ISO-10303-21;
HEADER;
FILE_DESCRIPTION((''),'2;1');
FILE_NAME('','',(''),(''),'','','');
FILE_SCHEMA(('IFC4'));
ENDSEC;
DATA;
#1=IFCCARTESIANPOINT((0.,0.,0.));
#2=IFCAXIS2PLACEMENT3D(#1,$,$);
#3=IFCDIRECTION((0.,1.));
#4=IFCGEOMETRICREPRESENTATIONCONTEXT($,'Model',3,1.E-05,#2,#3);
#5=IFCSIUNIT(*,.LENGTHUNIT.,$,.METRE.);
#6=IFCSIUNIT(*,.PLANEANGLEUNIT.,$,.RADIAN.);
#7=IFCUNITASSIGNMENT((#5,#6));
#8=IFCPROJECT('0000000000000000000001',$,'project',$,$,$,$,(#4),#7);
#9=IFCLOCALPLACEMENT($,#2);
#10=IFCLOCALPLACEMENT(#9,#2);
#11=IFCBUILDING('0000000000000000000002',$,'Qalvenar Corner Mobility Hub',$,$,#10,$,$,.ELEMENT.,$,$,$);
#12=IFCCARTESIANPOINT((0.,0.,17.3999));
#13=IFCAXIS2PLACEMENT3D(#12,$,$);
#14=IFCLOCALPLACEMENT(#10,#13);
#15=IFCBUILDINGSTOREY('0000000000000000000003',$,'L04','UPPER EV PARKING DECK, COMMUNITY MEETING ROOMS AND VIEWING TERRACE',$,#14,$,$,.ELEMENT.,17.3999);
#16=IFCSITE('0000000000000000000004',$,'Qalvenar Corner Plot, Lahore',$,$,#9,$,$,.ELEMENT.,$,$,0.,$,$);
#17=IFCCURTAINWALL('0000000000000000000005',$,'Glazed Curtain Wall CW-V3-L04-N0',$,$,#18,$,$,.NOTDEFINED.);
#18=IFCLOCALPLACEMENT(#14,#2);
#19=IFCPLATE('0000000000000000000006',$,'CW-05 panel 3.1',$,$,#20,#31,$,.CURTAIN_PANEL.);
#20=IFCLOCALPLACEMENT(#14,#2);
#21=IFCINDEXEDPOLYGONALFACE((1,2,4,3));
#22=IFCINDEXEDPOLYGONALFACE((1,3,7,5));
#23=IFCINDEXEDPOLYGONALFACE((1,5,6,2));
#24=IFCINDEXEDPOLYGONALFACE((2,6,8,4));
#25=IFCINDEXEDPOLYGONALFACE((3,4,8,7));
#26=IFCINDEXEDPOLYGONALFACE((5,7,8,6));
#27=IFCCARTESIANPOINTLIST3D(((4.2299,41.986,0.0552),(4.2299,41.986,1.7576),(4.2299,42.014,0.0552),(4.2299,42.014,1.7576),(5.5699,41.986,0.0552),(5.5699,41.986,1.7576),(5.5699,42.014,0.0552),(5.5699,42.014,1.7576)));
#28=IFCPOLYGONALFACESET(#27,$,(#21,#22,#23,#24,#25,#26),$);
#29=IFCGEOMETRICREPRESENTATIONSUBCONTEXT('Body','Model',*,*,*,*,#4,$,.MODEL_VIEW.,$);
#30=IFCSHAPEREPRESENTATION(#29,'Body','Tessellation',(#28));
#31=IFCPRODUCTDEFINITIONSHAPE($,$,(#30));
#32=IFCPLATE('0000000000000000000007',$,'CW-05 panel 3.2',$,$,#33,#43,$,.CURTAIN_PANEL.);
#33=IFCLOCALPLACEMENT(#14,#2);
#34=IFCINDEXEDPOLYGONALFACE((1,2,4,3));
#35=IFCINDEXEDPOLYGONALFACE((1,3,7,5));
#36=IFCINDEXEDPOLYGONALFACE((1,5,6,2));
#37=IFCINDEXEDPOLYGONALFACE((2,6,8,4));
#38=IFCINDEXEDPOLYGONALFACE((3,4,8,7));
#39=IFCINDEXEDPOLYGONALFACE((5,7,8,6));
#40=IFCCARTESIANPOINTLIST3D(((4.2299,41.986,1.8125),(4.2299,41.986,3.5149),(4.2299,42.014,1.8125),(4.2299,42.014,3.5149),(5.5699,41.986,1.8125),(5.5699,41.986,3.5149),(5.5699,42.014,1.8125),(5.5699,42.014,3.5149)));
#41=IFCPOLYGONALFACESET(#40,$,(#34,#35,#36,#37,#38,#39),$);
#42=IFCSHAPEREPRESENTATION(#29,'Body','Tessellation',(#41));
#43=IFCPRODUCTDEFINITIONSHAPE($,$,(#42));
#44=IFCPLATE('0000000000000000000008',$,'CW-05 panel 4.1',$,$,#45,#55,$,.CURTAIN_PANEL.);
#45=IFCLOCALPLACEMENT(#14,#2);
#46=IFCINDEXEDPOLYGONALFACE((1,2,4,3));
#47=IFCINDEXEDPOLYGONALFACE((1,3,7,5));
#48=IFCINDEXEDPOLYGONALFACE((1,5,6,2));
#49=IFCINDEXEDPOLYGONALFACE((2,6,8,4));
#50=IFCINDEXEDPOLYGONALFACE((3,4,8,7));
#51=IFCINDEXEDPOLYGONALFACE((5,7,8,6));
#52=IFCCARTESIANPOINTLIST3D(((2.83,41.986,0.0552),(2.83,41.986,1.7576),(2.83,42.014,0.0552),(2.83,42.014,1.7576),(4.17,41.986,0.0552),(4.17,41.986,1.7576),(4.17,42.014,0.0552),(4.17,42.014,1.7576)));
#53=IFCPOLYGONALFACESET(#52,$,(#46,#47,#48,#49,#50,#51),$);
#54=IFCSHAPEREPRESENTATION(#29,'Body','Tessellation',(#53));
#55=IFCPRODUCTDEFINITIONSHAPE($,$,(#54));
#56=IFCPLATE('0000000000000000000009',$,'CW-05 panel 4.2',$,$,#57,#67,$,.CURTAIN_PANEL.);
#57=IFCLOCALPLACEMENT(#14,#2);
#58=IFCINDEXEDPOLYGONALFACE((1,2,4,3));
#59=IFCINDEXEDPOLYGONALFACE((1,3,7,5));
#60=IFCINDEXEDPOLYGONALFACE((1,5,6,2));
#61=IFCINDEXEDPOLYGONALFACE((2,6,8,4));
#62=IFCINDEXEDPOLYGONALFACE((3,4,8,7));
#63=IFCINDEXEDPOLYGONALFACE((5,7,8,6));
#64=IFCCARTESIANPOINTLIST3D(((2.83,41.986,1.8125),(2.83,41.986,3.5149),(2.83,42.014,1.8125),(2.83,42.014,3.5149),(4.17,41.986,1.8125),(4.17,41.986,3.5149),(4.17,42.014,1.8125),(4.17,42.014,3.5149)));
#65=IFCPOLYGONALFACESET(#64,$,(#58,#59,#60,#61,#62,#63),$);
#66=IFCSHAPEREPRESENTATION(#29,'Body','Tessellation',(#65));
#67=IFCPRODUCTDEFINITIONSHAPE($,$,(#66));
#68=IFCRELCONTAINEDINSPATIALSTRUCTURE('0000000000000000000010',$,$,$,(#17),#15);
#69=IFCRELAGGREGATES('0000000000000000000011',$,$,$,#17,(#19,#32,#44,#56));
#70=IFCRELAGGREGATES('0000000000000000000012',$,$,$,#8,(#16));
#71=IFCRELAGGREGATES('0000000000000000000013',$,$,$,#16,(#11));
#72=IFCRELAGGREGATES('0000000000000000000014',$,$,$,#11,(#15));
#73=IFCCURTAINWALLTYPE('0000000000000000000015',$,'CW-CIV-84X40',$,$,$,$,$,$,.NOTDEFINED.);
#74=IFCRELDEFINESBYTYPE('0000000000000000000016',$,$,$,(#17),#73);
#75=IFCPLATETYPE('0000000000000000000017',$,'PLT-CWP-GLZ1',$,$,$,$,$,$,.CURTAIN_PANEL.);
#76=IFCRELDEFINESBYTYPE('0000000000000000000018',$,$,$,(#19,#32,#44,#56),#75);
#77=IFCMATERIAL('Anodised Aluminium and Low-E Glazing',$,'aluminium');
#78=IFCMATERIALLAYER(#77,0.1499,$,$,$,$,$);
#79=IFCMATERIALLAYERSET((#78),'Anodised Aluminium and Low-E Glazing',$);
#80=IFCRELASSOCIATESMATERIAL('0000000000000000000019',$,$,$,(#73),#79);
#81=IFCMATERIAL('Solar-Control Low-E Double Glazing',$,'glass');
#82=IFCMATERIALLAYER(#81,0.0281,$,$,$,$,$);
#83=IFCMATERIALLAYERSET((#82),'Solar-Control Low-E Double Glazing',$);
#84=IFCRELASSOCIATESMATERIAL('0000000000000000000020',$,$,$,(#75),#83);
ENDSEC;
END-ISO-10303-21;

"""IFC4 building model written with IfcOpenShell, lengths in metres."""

from ifc_helpers import new_model, si_unit, direction, frame, origin, origin_2d, place, context, subcontext, project, spatial, rectangle, extrude, material, layer, layer_set, type_object, element, aggregate, save


model = new_model("IFC4")

# Units and contexts
model_context = context("Model", 3, precision=1e-05, world=origin(), true_north=direction((0.0, 1.0)))
body_context = subcontext(model_context, "Body", "Model", "MODEL_VIEW")
ifc_project = project(units=[si_unit("LENGTHUNIT", "METRE"), si_unit("PLANEANGLEUNIT", "RADIAN")], contexts=[model_context])

# Site, building, storey
site_placement = place(None, origin())
site = spatial("IfcSite", under=ifc_project, at=site_placement, Name="Qalvenar Corner Plot, Lahore", CompositionType="ELEMENT", RefElevation=0.0)
building_placement = place(site_placement, origin())
building = spatial("IfcBuilding", under=site, at=building_placement, Name="Qalvenar Corner Mobility Hub", CompositionType="ELEMENT")
storey_placement = place(building_placement, frame((0.0, 0.0, 17.3999)))
storey = spatial("IfcBuildingStorey", under=building, at=storey_placement, Name="L04", Description="UPPER EV PARKING DECK, COMMUNITY MEETING ROOMS AND VIEWING TERRACE", CompositionType="ELEMENT", Elevation=17.3999)

# Curtain wall, plates
ifc_material_1 = material(Name="Anodised Aluminium and Low-E Glazing", Category="aluminium")
ifc_layer_1 = layer(ifc_material_1, 0.1499)
ifc_layer_set_1 = layer_set([ifc_layer_1], Name="Anodised Aluminium and Low-E Glazing")
curtain_wall_type = type_object("IfcCurtainWallType", Name="CW-CIV-84X40", PredefinedType="NOTDEFINED", material=ifc_layer_set_1)
curtain_wall_placement = place(storey_placement, origin())
curtain_wall = element("IfcCurtainWall", 1, at=curtain_wall_placement, inside=storey, type_object=curtain_wall_type, Name="Glazed Curtain Wall CW-V3-L04-N0", PredefinedType="NOTDEFINED")
ifc_material_2 = material(Name="Solar-Control Low-E Double Glazing", Category="glass")
ifc_layer_2 = layer(ifc_material_2, 0.0281)
ifc_layer_set_2 = layer_set([ifc_layer_2], Name="Solar-Control Low-E Double Glazing")
plate_type = type_object("IfcPlateType", Name="PLT-CWP-GLZ1", PredefinedType="CURTAIN_PANEL", material=ifc_layer_set_2)
plate_1_placement = place(storey_placement, frame((4.8999, 42.0, 0.0552), z_axis=(0.0, 0.0, 1.0), x_axis=(-1.0, 0.0, 0.0)))
plate_1 = element("IfcPlate", 2, at=plate_1_placement, type_object=plate_type, Name="CW-05 panel 3.1", PredefinedType="CURTAIN_PANEL", context=body_context, shape_type="SweptSolid", body=[
    extrude(rectangle(XDim=1.3401, YDim=0.0281, at=origin_2d()), origin(), (0.0, 0.0, 1.0), 1.7024),
])
plate_2_placement = place(storey_placement, frame((4.8999, 42.0, 1.8125), z_axis=(0.0, 0.0, 1.0), x_axis=(-1.0, 0.0, 0.0)))
plate_2 = element("IfcPlate", 3, at=plate_2_placement, type_object=plate_type, Name="CW-05 panel 3.2", PredefinedType="CURTAIN_PANEL", context=body_context, shape_type="SweptSolid", body=[
    extrude(rectangle(XDim=1.3401, YDim=0.0281, at=origin_2d()), origin(), (0.0, 0.0, 1.0), 1.7024),
])
plate_3_placement = place(storey_placement, frame((3.5, 42.0, 0.0552), z_axis=(0.0, 0.0, 1.0), x_axis=(-1.0, 0.0, 0.0)))
plate_3 = element("IfcPlate", 4, at=plate_3_placement, type_object=plate_type, Name="CW-05 panel 4.1", PredefinedType="CURTAIN_PANEL", context=body_context, shape_type="SweptSolid", body=[
    extrude(rectangle(XDim=1.3401, YDim=0.0281, at=origin_2d()), origin(), (0.0, 0.0, 1.0), 1.7024),
])
plate_4_placement = place(storey_placement, frame((3.5, 42.0, 1.8125), z_axis=(0.0, 0.0, 1.0), x_axis=(-1.0, 0.0, 0.0)))
plate_4 = element("IfcPlate", 5, at=plate_4_placement, type_object=plate_type, Name="CW-05 panel 4.2", PredefinedType="CURTAIN_PANEL", context=body_context, shape_type="SweptSolid", body=[
    extrude(rectangle(XDim=1.3401, YDim=0.0281, at=origin_2d()), origin(), (0.0, 0.0, 1.0), 1.7024),
])
aggregate(curtain_wall, [plate_1, plate_2, plate_3, plate_4])

save(model, "model.ifc")
